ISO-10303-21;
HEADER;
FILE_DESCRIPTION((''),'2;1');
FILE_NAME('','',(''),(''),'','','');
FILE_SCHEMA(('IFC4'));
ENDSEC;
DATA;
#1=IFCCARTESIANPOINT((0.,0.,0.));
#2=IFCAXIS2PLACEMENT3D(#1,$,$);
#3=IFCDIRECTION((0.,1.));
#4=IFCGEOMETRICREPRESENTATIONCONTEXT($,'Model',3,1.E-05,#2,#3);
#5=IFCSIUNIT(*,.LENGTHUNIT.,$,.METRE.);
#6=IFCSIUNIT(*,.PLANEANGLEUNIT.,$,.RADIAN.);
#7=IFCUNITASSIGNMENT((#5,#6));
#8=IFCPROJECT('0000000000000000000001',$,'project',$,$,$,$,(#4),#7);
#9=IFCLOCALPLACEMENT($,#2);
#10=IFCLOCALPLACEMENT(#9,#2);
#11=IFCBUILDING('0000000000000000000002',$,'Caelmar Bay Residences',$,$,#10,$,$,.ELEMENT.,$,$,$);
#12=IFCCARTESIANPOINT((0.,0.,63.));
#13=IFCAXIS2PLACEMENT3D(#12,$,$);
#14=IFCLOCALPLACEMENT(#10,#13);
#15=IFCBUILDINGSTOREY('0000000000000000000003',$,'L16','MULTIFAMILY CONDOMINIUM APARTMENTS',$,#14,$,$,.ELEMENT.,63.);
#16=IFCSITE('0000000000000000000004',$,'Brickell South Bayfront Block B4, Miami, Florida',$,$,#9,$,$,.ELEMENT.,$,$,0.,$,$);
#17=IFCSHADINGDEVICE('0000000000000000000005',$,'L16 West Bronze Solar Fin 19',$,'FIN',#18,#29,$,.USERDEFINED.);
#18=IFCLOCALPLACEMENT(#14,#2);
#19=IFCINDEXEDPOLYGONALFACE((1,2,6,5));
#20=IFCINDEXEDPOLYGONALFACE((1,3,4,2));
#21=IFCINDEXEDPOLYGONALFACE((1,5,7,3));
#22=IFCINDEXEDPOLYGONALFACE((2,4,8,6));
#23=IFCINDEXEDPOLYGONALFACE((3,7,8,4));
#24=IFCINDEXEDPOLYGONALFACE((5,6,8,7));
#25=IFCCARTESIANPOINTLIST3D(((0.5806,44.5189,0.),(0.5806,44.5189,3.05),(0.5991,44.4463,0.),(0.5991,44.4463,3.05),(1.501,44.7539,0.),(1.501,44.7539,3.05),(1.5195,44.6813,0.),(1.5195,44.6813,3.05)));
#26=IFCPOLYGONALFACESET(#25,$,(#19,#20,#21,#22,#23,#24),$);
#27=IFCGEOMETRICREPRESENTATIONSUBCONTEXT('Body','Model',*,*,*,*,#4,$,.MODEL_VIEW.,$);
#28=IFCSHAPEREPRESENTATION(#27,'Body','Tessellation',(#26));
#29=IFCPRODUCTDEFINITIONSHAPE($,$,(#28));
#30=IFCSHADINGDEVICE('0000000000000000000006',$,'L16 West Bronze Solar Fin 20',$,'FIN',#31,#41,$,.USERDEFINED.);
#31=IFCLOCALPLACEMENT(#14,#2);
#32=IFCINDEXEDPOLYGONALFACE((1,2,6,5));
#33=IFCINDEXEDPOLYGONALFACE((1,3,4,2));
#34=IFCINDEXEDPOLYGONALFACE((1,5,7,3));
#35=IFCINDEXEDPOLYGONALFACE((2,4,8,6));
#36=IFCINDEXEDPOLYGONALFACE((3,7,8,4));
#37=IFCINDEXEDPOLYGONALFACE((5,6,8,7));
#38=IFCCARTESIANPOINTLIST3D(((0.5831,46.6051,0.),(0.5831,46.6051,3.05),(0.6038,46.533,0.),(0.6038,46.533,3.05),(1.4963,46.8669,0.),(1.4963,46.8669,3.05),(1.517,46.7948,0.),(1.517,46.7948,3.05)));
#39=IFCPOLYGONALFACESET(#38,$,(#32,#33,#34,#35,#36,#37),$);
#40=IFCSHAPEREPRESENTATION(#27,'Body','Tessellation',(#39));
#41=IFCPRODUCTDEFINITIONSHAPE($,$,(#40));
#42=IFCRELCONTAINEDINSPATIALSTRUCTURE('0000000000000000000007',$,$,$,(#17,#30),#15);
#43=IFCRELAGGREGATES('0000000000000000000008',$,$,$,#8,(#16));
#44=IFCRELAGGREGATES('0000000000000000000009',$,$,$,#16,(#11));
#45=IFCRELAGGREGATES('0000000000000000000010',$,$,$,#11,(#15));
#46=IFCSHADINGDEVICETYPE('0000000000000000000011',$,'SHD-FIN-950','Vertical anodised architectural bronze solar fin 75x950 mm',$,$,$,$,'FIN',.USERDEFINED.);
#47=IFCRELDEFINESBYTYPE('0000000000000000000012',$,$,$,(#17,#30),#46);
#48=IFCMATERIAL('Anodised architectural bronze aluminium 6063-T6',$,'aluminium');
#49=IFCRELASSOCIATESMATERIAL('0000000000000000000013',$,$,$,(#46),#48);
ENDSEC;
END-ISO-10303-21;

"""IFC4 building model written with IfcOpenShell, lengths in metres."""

from ifc_helpers import new_model, si_unit, direction, frame, origin, origin_2d, place, context, subcontext, project, spatial, rectangle, extrude, material, material_profile, profile_set, type_object, element, save


model = new_model("IFC4")

# Units and contexts
model_context = context("Model", 3, precision=1e-05, world=origin(), true_north=direction((0.0, 1.0)))
body_context = subcontext(model_context, "Body", "Model", "MODEL_VIEW")
ifc_project = project(units=[si_unit("LENGTHUNIT", "METRE"), si_unit("PLANEANGLEUNIT", "RADIAN")], contexts=[model_context])

# Site, building, storey
site_placement = place(None, origin())
site = spatial("IfcSite", under=ifc_project, at=site_placement, Name="Brickell South Bayfront Block B4, Miami, Florida", CompositionType="ELEMENT", RefElevation=0.0)
building_placement = place(site_placement, origin())
building = spatial("IfcBuilding", under=site, at=building_placement, Name="Caelmar Bay Residences", CompositionType="ELEMENT")
storey_placement = place(building_placement, frame((0.0, 0.0, 63.0)))
storey = spatial("IfcBuildingStorey", under=building, at=storey_placement, Name="L16", Description="MULTIFAMILY CONDOMINIUM APARTMENTS", CompositionType="ELEMENT", Elevation=63.0)

# Shading devices
ifc_material_1 = material(Name="Anodised architectural bronze aluminium 6063-T6", Category="aluminium")
ifc_material_profile_1 = material_profile(ifc_material_1, rectangle(XDim=0.075, YDim=0.95, at=origin_2d()), Name="BRONZE-FIN-75X950")
ifc_profile_set_1 = profile_set([ifc_material_profile_1], Name="Anodised architectural bronze aluminium 6063-T6")
shading_device_type = type_object("IfcShadingDeviceType", Name="SHD-FIN-950", Description="Vertical anodised architectural bronze solar fin 75x950 mm", ElementType="FIN", PredefinedType="USERDEFINED", material=ifc_profile_set_1)
for number, where, z_axis, x_axis, name in (
    (1, (1.05, 44.6001, 0.0), (0.0, 0.0, 1.0), (-0.247337, 0.968929, 0.0), "L16 West Bronze Solar Fin 19"),
    (2, (1.05, 46.7, 0.0), (0.0, 0.0, 1.0), (-0.275637, 0.961262, 0.0), "L16 West Bronze Solar Fin 20"),
):
    element("IfcShadingDevice", number, at=place(storey_placement, frame(where, z_axis=z_axis, x_axis=x_axis)), inside=storey, type_object=shading_device_type, Name=name, ObjectType="FIN", PredefinedType="USERDEFINED", context=body_context, shape_type="SweptSolid", body=[
        extrude(rectangle(XDim=0.075, YDim=0.95, at=origin_2d()), origin(), (0.0, 0.0, 1.0), 3.05),
    ])

save(model, "model.ifc")
